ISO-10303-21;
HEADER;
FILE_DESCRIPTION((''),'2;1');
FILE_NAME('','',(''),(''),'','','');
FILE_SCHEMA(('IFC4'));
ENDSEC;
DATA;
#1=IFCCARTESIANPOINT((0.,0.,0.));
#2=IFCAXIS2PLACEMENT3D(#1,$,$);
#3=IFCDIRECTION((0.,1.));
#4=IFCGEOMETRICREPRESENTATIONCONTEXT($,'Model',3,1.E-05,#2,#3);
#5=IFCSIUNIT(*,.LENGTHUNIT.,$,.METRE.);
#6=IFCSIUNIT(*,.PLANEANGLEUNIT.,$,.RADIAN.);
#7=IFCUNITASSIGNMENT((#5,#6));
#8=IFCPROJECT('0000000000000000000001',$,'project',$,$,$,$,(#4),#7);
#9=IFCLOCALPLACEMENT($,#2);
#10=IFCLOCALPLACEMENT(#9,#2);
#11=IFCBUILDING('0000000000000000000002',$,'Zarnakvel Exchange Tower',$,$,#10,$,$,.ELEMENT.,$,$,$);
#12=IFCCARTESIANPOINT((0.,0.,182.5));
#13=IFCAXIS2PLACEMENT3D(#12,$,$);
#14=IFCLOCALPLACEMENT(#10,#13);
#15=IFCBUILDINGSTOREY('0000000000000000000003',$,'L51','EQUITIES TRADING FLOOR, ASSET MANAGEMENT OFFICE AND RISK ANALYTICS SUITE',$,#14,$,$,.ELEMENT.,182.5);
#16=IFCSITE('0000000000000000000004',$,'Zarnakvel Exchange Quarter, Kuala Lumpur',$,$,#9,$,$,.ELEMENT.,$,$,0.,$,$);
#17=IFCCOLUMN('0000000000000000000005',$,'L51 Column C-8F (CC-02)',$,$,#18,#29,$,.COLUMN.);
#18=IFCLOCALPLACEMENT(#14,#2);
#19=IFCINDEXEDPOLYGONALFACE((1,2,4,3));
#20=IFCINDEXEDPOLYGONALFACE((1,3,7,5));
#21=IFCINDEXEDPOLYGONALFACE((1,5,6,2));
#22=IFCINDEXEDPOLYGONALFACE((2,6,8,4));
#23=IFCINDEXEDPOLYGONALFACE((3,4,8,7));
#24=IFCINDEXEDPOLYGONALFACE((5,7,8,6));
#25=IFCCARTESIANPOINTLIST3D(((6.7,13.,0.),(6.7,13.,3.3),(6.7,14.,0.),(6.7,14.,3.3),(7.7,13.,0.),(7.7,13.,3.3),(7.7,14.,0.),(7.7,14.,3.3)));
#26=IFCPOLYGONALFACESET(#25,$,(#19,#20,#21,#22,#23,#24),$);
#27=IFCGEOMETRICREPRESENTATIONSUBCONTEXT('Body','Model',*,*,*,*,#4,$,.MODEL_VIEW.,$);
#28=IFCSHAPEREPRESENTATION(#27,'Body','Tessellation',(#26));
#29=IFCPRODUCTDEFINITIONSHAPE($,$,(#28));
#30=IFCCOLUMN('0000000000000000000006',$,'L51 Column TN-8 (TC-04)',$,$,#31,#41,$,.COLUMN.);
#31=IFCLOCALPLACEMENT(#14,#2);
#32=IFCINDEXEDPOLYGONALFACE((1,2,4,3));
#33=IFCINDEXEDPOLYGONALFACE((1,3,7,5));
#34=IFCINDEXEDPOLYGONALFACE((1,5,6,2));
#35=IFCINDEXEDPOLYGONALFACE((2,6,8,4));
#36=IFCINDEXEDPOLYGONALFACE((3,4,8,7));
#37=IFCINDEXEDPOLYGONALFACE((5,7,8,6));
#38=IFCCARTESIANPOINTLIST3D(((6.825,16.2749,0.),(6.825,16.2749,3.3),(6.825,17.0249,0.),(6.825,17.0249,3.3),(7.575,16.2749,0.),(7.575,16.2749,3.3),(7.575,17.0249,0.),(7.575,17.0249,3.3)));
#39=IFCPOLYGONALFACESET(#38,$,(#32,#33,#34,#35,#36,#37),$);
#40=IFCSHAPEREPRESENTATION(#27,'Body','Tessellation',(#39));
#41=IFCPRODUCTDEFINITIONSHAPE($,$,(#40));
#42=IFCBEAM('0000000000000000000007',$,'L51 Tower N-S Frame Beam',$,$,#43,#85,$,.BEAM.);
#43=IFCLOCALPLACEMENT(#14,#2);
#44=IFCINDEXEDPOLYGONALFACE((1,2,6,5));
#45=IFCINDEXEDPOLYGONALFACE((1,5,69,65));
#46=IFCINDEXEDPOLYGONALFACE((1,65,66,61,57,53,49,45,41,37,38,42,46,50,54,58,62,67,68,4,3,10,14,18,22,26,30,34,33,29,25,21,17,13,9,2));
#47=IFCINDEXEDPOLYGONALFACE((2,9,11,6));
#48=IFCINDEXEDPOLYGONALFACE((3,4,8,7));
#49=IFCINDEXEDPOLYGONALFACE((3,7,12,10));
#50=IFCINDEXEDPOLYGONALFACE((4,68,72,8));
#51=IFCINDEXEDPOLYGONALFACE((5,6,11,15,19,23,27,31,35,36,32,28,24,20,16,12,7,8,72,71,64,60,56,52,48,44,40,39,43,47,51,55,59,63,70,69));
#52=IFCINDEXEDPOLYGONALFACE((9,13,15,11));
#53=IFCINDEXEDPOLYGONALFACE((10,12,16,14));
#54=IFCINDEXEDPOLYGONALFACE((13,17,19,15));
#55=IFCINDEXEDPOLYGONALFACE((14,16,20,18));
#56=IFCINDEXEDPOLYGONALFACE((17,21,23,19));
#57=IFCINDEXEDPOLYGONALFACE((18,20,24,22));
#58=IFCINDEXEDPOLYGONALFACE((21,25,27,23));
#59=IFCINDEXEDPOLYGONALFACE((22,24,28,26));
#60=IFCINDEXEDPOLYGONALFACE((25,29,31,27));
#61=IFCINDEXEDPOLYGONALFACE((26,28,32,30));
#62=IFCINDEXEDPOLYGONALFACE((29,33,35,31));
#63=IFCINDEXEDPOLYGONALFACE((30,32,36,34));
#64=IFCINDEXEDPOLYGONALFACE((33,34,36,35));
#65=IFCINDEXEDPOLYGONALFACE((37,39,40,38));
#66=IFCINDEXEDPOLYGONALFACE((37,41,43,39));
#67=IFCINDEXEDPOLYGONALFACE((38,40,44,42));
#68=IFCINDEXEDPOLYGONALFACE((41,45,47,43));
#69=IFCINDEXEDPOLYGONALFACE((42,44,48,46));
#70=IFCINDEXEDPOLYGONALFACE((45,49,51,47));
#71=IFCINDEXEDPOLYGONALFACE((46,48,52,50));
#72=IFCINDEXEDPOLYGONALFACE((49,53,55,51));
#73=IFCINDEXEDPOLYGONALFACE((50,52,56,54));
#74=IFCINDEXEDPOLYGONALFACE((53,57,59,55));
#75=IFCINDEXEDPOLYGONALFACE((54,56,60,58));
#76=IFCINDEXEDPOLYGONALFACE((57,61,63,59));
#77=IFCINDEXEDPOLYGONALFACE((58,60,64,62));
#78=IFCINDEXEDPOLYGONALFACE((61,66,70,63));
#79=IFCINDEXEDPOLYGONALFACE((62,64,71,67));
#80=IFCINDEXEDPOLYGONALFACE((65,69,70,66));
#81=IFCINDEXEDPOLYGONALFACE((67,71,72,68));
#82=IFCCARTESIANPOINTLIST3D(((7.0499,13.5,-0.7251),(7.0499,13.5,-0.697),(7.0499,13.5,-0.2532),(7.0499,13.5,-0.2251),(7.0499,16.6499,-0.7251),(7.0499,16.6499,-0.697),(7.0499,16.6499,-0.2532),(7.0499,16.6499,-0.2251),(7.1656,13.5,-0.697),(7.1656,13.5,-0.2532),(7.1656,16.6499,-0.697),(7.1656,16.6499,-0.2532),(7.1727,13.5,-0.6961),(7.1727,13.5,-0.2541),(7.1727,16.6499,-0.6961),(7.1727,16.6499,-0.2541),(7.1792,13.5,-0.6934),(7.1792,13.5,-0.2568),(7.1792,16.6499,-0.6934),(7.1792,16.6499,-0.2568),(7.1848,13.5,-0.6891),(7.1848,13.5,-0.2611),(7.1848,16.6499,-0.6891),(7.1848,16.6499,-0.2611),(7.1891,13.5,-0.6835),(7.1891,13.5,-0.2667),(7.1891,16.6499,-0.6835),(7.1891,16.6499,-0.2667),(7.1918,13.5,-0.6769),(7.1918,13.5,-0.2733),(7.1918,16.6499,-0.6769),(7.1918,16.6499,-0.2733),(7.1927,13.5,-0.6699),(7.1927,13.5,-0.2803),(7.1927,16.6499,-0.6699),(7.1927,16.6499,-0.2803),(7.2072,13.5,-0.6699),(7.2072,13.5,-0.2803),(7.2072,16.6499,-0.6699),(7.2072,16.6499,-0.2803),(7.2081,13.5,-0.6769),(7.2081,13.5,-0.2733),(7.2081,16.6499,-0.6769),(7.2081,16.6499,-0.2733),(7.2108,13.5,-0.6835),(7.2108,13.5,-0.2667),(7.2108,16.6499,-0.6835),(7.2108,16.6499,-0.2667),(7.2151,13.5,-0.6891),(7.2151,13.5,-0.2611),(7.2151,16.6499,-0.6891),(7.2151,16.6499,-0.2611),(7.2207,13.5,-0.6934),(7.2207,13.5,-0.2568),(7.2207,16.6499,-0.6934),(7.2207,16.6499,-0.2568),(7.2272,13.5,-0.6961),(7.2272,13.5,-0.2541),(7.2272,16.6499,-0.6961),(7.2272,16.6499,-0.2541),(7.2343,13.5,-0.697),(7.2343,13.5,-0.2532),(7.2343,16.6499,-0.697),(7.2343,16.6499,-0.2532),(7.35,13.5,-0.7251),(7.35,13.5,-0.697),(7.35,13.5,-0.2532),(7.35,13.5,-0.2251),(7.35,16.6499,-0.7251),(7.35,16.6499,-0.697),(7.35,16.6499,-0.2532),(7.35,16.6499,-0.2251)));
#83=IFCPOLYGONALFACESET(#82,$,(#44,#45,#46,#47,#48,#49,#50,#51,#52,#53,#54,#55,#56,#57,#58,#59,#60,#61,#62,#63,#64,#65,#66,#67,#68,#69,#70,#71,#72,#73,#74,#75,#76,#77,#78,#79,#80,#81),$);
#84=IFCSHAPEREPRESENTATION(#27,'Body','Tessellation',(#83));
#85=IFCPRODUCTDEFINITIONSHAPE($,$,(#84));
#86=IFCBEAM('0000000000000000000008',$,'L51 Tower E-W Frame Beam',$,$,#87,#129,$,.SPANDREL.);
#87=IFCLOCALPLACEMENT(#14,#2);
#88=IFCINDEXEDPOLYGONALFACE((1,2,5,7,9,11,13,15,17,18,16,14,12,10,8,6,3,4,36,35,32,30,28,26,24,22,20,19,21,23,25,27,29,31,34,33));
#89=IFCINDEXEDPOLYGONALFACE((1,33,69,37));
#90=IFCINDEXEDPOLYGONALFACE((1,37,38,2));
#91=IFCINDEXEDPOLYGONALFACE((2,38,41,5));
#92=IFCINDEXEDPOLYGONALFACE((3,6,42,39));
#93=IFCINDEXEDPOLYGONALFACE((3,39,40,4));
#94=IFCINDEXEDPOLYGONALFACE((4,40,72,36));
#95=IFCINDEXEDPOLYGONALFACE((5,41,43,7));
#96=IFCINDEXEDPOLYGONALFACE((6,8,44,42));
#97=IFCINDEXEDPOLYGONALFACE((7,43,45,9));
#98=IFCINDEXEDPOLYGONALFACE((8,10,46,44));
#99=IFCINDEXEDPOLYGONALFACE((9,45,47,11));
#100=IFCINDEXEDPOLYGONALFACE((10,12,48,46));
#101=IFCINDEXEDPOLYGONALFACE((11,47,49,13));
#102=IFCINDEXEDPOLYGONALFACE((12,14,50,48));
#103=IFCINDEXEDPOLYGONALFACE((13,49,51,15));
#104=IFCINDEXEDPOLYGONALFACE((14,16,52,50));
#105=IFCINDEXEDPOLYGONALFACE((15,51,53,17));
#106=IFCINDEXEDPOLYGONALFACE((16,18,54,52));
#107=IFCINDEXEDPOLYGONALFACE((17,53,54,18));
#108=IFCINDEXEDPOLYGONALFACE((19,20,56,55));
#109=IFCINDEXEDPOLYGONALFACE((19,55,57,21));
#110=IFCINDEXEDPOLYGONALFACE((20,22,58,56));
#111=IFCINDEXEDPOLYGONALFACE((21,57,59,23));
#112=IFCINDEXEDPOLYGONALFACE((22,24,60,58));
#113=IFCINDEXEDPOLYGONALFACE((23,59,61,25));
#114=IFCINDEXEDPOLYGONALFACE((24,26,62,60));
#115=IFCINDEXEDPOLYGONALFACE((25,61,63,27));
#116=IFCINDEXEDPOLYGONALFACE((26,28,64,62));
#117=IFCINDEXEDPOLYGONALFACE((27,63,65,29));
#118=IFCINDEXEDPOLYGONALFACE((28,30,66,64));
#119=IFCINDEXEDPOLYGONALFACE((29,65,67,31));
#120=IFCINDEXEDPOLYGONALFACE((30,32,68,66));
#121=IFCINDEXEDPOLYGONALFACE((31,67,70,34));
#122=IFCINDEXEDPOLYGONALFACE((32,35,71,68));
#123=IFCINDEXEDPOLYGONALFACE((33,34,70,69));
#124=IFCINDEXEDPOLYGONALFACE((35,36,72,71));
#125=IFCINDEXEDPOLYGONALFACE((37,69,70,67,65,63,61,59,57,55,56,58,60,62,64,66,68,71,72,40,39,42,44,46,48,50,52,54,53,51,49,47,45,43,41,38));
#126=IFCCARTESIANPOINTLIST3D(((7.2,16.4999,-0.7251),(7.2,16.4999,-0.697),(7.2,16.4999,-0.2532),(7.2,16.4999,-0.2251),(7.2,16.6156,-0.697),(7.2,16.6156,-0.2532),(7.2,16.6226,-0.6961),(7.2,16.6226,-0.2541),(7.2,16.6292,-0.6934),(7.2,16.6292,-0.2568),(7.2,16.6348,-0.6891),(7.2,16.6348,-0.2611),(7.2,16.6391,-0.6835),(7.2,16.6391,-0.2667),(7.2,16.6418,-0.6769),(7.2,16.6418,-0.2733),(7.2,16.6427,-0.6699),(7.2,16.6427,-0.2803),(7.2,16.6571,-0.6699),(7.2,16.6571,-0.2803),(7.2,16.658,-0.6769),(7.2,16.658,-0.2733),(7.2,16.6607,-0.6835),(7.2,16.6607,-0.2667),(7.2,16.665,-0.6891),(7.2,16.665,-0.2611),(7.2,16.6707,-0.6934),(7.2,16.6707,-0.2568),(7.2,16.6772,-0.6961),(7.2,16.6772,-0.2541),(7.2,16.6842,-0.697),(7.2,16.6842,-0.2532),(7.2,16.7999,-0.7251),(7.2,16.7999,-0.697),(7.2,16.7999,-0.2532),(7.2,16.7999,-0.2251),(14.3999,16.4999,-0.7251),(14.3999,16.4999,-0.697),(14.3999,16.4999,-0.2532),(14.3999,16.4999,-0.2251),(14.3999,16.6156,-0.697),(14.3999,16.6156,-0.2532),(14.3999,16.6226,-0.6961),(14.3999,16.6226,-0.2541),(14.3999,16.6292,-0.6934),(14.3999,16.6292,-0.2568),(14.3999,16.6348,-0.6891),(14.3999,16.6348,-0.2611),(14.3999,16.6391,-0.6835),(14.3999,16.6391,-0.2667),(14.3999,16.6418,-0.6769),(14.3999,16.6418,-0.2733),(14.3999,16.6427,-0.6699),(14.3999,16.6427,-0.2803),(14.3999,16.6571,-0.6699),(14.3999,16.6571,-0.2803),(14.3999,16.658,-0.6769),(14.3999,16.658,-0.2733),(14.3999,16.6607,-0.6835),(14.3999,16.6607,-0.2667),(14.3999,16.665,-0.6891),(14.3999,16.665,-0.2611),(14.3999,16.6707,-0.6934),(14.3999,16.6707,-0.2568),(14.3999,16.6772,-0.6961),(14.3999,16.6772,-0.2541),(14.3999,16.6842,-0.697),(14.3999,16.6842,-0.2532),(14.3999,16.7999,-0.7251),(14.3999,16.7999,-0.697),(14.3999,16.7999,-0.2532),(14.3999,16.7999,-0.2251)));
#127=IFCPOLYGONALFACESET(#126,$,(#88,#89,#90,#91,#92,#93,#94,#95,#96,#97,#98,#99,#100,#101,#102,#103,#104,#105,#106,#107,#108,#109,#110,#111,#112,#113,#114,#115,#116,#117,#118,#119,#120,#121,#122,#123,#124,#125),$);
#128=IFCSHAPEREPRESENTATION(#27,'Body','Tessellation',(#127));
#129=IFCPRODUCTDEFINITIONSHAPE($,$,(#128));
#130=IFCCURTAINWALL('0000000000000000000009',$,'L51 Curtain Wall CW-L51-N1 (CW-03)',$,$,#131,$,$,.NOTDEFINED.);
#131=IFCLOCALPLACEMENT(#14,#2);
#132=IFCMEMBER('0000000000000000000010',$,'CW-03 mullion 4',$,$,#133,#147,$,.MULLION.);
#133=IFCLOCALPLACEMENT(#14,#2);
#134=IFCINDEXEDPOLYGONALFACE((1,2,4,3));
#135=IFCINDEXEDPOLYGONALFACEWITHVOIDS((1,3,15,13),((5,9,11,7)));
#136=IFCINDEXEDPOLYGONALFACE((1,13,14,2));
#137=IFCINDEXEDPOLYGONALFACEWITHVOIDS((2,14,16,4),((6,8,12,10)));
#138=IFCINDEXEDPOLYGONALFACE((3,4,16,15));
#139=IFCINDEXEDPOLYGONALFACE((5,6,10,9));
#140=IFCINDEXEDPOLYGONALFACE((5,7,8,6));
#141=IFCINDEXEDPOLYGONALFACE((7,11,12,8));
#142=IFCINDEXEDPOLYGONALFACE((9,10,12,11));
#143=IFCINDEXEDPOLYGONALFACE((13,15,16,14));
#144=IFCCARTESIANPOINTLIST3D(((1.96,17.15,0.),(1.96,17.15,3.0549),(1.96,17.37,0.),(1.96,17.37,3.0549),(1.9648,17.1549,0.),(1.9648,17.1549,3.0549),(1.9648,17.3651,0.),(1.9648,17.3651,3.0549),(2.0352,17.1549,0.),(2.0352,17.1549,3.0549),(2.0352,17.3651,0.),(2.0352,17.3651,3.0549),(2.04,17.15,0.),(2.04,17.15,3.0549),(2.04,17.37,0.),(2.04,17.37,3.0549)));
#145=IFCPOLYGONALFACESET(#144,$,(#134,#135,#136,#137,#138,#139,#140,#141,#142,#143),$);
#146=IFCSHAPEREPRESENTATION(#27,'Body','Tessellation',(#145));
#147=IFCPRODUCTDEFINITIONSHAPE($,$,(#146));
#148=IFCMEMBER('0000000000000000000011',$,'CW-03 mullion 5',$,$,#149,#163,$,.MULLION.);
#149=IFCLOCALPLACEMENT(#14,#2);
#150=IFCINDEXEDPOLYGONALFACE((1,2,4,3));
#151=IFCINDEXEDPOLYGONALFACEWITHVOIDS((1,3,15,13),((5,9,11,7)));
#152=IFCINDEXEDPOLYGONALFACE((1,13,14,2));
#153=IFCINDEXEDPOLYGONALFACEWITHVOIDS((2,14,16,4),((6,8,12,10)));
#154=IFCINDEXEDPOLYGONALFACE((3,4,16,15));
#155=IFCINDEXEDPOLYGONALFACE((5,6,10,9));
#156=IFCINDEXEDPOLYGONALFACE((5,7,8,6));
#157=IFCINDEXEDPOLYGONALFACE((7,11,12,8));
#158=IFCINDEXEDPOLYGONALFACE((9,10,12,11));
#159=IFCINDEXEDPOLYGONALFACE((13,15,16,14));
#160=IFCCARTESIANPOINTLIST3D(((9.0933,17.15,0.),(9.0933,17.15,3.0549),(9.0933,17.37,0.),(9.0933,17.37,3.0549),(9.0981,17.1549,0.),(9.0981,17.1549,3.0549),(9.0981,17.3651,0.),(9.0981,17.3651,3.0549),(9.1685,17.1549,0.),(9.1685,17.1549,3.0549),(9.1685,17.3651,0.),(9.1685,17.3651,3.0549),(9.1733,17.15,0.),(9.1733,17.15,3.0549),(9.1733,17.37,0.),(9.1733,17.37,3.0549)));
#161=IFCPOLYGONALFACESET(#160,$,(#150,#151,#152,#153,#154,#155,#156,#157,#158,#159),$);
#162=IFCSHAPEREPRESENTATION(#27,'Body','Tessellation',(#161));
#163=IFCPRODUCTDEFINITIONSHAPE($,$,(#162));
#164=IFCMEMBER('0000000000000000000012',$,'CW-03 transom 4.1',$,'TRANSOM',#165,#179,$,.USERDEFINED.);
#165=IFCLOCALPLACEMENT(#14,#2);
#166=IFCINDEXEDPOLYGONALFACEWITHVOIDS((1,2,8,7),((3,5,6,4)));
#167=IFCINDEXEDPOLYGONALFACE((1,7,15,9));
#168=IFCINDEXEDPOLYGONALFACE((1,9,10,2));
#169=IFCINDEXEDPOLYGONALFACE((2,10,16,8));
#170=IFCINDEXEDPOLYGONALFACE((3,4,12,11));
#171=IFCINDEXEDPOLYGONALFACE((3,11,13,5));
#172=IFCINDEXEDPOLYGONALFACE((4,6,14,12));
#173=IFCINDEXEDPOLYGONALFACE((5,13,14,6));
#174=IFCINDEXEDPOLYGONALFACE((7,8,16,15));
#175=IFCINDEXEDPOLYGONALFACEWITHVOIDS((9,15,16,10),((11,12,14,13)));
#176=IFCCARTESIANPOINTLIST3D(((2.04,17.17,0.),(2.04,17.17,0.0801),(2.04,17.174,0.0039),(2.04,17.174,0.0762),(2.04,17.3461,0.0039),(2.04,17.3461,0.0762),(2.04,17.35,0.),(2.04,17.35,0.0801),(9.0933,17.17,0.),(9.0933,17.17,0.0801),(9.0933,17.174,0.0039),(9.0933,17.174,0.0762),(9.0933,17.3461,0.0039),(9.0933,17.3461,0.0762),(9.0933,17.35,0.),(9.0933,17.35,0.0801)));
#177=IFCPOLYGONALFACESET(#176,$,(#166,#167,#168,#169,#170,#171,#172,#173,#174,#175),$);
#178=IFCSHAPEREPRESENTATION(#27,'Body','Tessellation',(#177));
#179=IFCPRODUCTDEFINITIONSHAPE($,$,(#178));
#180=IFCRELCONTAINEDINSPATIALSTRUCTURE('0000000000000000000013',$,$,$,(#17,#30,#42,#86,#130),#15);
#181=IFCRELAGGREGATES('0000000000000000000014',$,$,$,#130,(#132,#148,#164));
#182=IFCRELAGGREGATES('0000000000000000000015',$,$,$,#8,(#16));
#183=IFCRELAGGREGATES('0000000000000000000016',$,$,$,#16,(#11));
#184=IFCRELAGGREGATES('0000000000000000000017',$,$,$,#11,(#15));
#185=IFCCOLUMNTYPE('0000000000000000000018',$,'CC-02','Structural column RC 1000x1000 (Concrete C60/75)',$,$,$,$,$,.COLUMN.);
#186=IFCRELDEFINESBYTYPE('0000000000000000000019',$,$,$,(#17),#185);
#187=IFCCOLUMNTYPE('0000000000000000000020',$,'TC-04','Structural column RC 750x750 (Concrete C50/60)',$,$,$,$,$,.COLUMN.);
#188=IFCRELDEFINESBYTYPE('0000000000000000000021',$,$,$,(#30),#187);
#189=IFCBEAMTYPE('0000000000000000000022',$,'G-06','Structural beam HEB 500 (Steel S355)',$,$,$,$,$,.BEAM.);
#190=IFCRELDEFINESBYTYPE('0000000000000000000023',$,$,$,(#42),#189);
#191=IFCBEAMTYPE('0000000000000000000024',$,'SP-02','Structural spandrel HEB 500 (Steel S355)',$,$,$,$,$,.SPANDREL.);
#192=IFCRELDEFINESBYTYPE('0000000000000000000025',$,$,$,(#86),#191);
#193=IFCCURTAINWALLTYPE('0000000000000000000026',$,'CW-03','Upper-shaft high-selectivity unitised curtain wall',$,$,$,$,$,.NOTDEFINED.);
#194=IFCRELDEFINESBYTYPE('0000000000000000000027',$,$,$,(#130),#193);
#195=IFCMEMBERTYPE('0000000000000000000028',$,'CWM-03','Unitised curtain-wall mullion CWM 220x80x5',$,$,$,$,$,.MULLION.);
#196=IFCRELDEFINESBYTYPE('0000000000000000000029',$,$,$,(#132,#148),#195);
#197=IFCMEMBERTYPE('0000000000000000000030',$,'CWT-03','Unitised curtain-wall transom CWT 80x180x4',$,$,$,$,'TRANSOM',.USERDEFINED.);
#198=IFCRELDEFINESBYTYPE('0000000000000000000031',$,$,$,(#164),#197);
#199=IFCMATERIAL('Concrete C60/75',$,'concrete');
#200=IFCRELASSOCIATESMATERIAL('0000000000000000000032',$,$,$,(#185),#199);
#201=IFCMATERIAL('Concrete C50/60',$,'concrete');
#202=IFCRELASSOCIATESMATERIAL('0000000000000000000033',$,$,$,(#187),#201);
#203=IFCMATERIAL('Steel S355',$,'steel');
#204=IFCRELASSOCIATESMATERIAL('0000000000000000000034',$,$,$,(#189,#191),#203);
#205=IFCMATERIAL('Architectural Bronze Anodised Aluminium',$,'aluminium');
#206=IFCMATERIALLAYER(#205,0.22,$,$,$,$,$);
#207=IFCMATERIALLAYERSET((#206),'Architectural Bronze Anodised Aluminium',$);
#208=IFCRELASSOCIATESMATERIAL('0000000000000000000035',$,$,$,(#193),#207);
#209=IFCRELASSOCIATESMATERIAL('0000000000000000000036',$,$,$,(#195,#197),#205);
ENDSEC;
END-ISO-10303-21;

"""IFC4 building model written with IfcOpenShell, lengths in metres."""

from ifc_helpers import new_model, si_unit, direction, frame, origin, origin_2d, place, context, subcontext, project, spatial, rectangle, hollow_rectangle, i_section, extrude, source, transform, mapped, material, layer, layer_set, material_profile, profile_set, type_object, element, aggregate, save


model = new_model("IFC4")

# Units and contexts
model_context = context("Model", 3, precision=1e-05, world=origin(), true_north=direction((0.0, 1.0)))
body_context = subcontext(model_context, "Body", "Model", "MODEL_VIEW")
ifc_project = project(units=[si_unit("LENGTHUNIT", "METRE"), si_unit("PLANEANGLEUNIT", "RADIAN")], contexts=[model_context])

# Site, building, storey
site_placement = place(None, origin())
site = spatial("IfcSite", under=ifc_project, at=site_placement, Name="Zarnakvel Exchange Quarter, Kuala Lumpur", CompositionType="ELEMENT", RefElevation=0.0)
building_placement = place(site_placement, origin())
building = spatial("IfcBuilding", under=site, at=building_placement, Name="Zarnakvel Exchange Tower", CompositionType="ELEMENT")
storey_placement = place(building_placement, frame((0.0, 0.0, 182.5)))
storey = spatial("IfcBuildingStorey", under=building, at=storey_placement, Name="L51", Description="EQUITIES TRADING FLOOR, ASSET MANAGEMENT OFFICE AND RISK ANALYTICS SUITE", CompositionType="ELEMENT", Elevation=182.5)

# Columns
ifc_material_1 = material(Name="Concrete C60/75", Category="concrete")
ifc_material_profile_1 = material_profile(ifc_material_1, rectangle(XDim=1.0, YDim=1.0, at=origin_2d()))
ifc_profile_set_1 = profile_set([ifc_material_profile_1], Name="Concrete C60/75")
column_type_1 = type_object("IfcColumnType", Name="CC-02", Description="Structural column RC 1000x1000 (Concrete C60/75)", PredefinedType="COLUMN", material=ifc_profile_set_1)
column_1_placement = place(storey_placement, frame((7.2, 13.5, 0.0), z_axis=(0.0, 0.0, 1.0), x_axis=(1.0, 0.0, 0.0)))
element("IfcColumn", 1, at=column_1_placement, inside=storey, type_object=column_type_1, Name="L51 Column C-8F (CC-02)", PredefinedType="COLUMN", context=body_context, shape_type="SweptSolid", body=[
    extrude(rectangle(XDim=1.0, YDim=1.0, at=origin_2d()), origin(), (0.0, 0.0, 1.0), 3.3),
])
ifc_material_2 = material(Name="Concrete C50/60", Category="concrete")
ifc_material_profile_2 = material_profile(ifc_material_2, rectangle(XDim=0.75, YDim=0.75, at=origin_2d()))
ifc_profile_set_2 = profile_set([ifc_material_profile_2], Name="Concrete C50/60")
column_type_2 = type_object("IfcColumnType", Name="TC-04", Description="Structural column RC 750x750 (Concrete C50/60)", PredefinedType="COLUMN", material=ifc_profile_set_2)
column_2_placement = place(storey_placement, frame((7.2, 16.6499, 0.0), z_axis=(0.0, 0.0, 1.0), x_axis=(1.0, 0.0, 0.0)))
element("IfcColumn", 2, at=column_2_placement, inside=storey, type_object=column_type_2, Name="L51 Column TN-8 (TC-04)", PredefinedType="COLUMN", context=body_context, shape_type="SweptSolid", body=[
    extrude(rectangle(XDim=0.75, YDim=0.75, at=origin_2d()), origin(), (0.0, 0.0, 1.0), 3.3),
])

# Beams
ifc_material_3 = material(Name="Steel S355", Category="steel")
ifc_material_profile_3 = material_profile(ifc_material_3, i_section(OverallWidth=0.3, OverallDepth=0.5, WebThickness=0.0144, FlangeThickness=0.0281, FilletRadius=0.0271, at=origin_2d()))
ifc_profile_set_3 = profile_set([ifc_material_profile_3], Name="Steel S355")
beam_type_1 = type_object("IfcBeamType", Name="G-06", Description="Structural beam HEB 500 (Steel S355)", PredefinedType="BEAM", material=ifc_profile_set_3)
beam_1_placement = place(storey_placement, frame((7.2, 13.5, -0.4751), z_axis=(0.0, 1.0, 0.0), x_axis=(-1.0, 0.0, 0.0)))
element("IfcBeam", 3, at=beam_1_placement, inside=storey, type_object=beam_type_1, Name="L51 Tower N-S Frame Beam", PredefinedType="BEAM", context=body_context, shape_type="SweptSolid", body=[
    extrude(i_section(OverallWidth=0.3, OverallDepth=0.5, WebThickness=0.0144, FlangeThickness=0.0281, FilletRadius=0.0271, at=origin_2d()), origin(), (0.0, 0.0, 1.0), 3.1499),
])
ifc_material_profile_4 = material_profile(ifc_material_3, i_section(OverallWidth=0.3, OverallDepth=0.5, WebThickness=0.0144, FlangeThickness=0.0281, FilletRadius=0.0271, at=origin_2d()))
ifc_profile_set_4 = profile_set([ifc_material_profile_4], Name="Steel S355")
beam_type_2 = type_object("IfcBeamType", Name="SP-02", Description="Structural spandrel HEB 500 (Steel S355)", PredefinedType="SPANDREL", material=ifc_profile_set_4)
beam_2_placement = place(storey_placement, frame((7.2, 16.6499, -0.4751), z_axis=(1.0, 0.0, 0.0), x_axis=(0.0, 1.0, 0.0)))
element("IfcBeam", 4, at=beam_2_placement, inside=storey, type_object=beam_type_2, Name="L51 Tower E-W Frame Beam", PredefinedType="SPANDREL", context=body_context, shape_type="SweptSolid", body=[
    extrude(i_section(OverallWidth=0.3, OverallDepth=0.5, WebThickness=0.0144, FlangeThickness=0.0281, FilletRadius=0.0271, at=origin_2d()), origin(), (0.0, 0.0, 1.0), 7.2),
])

# Curtain wall, members
ifc_material_4 = material(Name="Architectural Bronze Anodised Aluminium", Category="aluminium")
ifc_layer_1 = layer(ifc_material_4, 0.22)
ifc_layer_set_1 = layer_set([ifc_layer_1], Name="Architectural Bronze Anodised Aluminium")
curtain_wall_type = type_object("IfcCurtainWallType", Name="CW-03", Description="Upper-shaft high-selectivity unitised curtain wall", PredefinedType="NOTDEFINED", material=ifc_layer_set_1)
curtain_wall_placement = place(storey_placement, origin())
curtain_wall = element("IfcCurtainWall", 5, at=curtain_wall_placement, inside=storey, type_object=curtain_wall_type, Name="L51 Curtain Wall CW-L51-N1 (CW-03)", PredefinedType="NOTDEFINED")
ifc_material_profile_5 = material_profile(ifc_material_4, hollow_rectangle(XDim=0.22, YDim=0.0801, WallThickness=0.0049, at=origin_2d()))
ifc_profile_set_5 = profile_set([ifc_material_profile_5], Name="Architectural Bronze Anodised Aluminium")
member_type_1 = type_object("IfcMemberType", Name="CWM-03", Description="Unitised curtain-wall mullion CWM 220x80x5", PredefinedType="MULLION", material=ifc_profile_set_5)
shared_shape_1 = source(origin(), body_context, "Body", "SweptSolid", [
    extrude(hollow_rectangle(XDim=0.22, YDim=0.0801, WallThickness=0.0049, at=origin_2d()), origin(), (0.0, 0.0, 1.0), 3.0549),
])
member_1_placement = place(storey_placement, frame((2.0, 17.26, 0.0), z_axis=(0.0, 0.0, 1.0), x_axis=(0.0, 1.0, 0.0)))
member_1 = element("IfcMember", 6, at=member_1_placement, type_object=member_type_1, Name="CW-03 mullion 4", PredefinedType="MULLION", context=body_context, shape_type="MappedRepresentation", body=[
    mapped(shared_shape_1, transform((0.0, 0.0, 0.0), x_axis=(1.0, 0.0, 0.0), y_axis=(0.0, 1.0, 0.0), z_axis=(0.0, 0.0, 1.0), scale=1.0)),
])
member_2_placement = place(storey_placement, frame((9.1333, 17.26, 0.0), z_axis=(0.0, 0.0, 1.0), x_axis=(0.0, 1.0, 0.0)))
member_2 = element("IfcMember", 7, at=member_2_placement, type_object=member_type_1, Name="CW-03 mullion 5", PredefinedType="MULLION", context=body_context, shape_type="MappedRepresentation", body=[
    mapped(shared_shape_1, transform((0.0, 0.0, 0.0), x_axis=(1.0, 0.0, 0.0), y_axis=(0.0, 1.0, 0.0), z_axis=(0.0, 0.0, 1.0), scale=1.0)),
])
ifc_material_profile_6 = material_profile(ifc_material_4, hollow_rectangle(XDim=0.1799, YDim=0.0801, WallThickness=0.0039, at=origin_2d()))
ifc_profile_set_6 = profile_set([ifc_material_profile_6], Name="Architectural Bronze Anodised Aluminium")
member_type_2 = type_object("IfcMemberType", Name="CWT-03", Description="Unitised curtain-wall transom CWT 80x180x4", ElementType="TRANSOM", PredefinedType="USERDEFINED", material=ifc_profile_set_6)
shared_shape_2 = source(origin(), body_context, "Body", "SweptSolid", [
    extrude(hollow_rectangle(XDim=0.1799, YDim=0.0801, WallThickness=0.0039, at=origin_2d()), origin(), (0.0, 0.0, 1.0), 7.0532),
])
member_3_placement = place(storey_placement, frame((2.04, 17.26, 0.04), z_axis=(1.0, 0.0, 0.0), x_axis=(0.0, 1.0, 0.0)))
member_3 = element("IfcMember", 8, at=member_3_placement, type_object=member_type_2, Name="CW-03 transom 4.1", ObjectType="TRANSOM", PredefinedType="USERDEFINED", context=body_context, shape_type="MappedRepresentation", body=[
    mapped(shared_shape_2, transform((0.0, 0.0, 0.0), x_axis=(1.0, 0.0, 0.0), y_axis=(0.0, 1.0, 0.0), z_axis=(0.0, 0.0, 1.0), scale=1.0)),
])
aggregate(curtain_wall, [member_1, member_2, member_3])

save(model, "model.ifc")
